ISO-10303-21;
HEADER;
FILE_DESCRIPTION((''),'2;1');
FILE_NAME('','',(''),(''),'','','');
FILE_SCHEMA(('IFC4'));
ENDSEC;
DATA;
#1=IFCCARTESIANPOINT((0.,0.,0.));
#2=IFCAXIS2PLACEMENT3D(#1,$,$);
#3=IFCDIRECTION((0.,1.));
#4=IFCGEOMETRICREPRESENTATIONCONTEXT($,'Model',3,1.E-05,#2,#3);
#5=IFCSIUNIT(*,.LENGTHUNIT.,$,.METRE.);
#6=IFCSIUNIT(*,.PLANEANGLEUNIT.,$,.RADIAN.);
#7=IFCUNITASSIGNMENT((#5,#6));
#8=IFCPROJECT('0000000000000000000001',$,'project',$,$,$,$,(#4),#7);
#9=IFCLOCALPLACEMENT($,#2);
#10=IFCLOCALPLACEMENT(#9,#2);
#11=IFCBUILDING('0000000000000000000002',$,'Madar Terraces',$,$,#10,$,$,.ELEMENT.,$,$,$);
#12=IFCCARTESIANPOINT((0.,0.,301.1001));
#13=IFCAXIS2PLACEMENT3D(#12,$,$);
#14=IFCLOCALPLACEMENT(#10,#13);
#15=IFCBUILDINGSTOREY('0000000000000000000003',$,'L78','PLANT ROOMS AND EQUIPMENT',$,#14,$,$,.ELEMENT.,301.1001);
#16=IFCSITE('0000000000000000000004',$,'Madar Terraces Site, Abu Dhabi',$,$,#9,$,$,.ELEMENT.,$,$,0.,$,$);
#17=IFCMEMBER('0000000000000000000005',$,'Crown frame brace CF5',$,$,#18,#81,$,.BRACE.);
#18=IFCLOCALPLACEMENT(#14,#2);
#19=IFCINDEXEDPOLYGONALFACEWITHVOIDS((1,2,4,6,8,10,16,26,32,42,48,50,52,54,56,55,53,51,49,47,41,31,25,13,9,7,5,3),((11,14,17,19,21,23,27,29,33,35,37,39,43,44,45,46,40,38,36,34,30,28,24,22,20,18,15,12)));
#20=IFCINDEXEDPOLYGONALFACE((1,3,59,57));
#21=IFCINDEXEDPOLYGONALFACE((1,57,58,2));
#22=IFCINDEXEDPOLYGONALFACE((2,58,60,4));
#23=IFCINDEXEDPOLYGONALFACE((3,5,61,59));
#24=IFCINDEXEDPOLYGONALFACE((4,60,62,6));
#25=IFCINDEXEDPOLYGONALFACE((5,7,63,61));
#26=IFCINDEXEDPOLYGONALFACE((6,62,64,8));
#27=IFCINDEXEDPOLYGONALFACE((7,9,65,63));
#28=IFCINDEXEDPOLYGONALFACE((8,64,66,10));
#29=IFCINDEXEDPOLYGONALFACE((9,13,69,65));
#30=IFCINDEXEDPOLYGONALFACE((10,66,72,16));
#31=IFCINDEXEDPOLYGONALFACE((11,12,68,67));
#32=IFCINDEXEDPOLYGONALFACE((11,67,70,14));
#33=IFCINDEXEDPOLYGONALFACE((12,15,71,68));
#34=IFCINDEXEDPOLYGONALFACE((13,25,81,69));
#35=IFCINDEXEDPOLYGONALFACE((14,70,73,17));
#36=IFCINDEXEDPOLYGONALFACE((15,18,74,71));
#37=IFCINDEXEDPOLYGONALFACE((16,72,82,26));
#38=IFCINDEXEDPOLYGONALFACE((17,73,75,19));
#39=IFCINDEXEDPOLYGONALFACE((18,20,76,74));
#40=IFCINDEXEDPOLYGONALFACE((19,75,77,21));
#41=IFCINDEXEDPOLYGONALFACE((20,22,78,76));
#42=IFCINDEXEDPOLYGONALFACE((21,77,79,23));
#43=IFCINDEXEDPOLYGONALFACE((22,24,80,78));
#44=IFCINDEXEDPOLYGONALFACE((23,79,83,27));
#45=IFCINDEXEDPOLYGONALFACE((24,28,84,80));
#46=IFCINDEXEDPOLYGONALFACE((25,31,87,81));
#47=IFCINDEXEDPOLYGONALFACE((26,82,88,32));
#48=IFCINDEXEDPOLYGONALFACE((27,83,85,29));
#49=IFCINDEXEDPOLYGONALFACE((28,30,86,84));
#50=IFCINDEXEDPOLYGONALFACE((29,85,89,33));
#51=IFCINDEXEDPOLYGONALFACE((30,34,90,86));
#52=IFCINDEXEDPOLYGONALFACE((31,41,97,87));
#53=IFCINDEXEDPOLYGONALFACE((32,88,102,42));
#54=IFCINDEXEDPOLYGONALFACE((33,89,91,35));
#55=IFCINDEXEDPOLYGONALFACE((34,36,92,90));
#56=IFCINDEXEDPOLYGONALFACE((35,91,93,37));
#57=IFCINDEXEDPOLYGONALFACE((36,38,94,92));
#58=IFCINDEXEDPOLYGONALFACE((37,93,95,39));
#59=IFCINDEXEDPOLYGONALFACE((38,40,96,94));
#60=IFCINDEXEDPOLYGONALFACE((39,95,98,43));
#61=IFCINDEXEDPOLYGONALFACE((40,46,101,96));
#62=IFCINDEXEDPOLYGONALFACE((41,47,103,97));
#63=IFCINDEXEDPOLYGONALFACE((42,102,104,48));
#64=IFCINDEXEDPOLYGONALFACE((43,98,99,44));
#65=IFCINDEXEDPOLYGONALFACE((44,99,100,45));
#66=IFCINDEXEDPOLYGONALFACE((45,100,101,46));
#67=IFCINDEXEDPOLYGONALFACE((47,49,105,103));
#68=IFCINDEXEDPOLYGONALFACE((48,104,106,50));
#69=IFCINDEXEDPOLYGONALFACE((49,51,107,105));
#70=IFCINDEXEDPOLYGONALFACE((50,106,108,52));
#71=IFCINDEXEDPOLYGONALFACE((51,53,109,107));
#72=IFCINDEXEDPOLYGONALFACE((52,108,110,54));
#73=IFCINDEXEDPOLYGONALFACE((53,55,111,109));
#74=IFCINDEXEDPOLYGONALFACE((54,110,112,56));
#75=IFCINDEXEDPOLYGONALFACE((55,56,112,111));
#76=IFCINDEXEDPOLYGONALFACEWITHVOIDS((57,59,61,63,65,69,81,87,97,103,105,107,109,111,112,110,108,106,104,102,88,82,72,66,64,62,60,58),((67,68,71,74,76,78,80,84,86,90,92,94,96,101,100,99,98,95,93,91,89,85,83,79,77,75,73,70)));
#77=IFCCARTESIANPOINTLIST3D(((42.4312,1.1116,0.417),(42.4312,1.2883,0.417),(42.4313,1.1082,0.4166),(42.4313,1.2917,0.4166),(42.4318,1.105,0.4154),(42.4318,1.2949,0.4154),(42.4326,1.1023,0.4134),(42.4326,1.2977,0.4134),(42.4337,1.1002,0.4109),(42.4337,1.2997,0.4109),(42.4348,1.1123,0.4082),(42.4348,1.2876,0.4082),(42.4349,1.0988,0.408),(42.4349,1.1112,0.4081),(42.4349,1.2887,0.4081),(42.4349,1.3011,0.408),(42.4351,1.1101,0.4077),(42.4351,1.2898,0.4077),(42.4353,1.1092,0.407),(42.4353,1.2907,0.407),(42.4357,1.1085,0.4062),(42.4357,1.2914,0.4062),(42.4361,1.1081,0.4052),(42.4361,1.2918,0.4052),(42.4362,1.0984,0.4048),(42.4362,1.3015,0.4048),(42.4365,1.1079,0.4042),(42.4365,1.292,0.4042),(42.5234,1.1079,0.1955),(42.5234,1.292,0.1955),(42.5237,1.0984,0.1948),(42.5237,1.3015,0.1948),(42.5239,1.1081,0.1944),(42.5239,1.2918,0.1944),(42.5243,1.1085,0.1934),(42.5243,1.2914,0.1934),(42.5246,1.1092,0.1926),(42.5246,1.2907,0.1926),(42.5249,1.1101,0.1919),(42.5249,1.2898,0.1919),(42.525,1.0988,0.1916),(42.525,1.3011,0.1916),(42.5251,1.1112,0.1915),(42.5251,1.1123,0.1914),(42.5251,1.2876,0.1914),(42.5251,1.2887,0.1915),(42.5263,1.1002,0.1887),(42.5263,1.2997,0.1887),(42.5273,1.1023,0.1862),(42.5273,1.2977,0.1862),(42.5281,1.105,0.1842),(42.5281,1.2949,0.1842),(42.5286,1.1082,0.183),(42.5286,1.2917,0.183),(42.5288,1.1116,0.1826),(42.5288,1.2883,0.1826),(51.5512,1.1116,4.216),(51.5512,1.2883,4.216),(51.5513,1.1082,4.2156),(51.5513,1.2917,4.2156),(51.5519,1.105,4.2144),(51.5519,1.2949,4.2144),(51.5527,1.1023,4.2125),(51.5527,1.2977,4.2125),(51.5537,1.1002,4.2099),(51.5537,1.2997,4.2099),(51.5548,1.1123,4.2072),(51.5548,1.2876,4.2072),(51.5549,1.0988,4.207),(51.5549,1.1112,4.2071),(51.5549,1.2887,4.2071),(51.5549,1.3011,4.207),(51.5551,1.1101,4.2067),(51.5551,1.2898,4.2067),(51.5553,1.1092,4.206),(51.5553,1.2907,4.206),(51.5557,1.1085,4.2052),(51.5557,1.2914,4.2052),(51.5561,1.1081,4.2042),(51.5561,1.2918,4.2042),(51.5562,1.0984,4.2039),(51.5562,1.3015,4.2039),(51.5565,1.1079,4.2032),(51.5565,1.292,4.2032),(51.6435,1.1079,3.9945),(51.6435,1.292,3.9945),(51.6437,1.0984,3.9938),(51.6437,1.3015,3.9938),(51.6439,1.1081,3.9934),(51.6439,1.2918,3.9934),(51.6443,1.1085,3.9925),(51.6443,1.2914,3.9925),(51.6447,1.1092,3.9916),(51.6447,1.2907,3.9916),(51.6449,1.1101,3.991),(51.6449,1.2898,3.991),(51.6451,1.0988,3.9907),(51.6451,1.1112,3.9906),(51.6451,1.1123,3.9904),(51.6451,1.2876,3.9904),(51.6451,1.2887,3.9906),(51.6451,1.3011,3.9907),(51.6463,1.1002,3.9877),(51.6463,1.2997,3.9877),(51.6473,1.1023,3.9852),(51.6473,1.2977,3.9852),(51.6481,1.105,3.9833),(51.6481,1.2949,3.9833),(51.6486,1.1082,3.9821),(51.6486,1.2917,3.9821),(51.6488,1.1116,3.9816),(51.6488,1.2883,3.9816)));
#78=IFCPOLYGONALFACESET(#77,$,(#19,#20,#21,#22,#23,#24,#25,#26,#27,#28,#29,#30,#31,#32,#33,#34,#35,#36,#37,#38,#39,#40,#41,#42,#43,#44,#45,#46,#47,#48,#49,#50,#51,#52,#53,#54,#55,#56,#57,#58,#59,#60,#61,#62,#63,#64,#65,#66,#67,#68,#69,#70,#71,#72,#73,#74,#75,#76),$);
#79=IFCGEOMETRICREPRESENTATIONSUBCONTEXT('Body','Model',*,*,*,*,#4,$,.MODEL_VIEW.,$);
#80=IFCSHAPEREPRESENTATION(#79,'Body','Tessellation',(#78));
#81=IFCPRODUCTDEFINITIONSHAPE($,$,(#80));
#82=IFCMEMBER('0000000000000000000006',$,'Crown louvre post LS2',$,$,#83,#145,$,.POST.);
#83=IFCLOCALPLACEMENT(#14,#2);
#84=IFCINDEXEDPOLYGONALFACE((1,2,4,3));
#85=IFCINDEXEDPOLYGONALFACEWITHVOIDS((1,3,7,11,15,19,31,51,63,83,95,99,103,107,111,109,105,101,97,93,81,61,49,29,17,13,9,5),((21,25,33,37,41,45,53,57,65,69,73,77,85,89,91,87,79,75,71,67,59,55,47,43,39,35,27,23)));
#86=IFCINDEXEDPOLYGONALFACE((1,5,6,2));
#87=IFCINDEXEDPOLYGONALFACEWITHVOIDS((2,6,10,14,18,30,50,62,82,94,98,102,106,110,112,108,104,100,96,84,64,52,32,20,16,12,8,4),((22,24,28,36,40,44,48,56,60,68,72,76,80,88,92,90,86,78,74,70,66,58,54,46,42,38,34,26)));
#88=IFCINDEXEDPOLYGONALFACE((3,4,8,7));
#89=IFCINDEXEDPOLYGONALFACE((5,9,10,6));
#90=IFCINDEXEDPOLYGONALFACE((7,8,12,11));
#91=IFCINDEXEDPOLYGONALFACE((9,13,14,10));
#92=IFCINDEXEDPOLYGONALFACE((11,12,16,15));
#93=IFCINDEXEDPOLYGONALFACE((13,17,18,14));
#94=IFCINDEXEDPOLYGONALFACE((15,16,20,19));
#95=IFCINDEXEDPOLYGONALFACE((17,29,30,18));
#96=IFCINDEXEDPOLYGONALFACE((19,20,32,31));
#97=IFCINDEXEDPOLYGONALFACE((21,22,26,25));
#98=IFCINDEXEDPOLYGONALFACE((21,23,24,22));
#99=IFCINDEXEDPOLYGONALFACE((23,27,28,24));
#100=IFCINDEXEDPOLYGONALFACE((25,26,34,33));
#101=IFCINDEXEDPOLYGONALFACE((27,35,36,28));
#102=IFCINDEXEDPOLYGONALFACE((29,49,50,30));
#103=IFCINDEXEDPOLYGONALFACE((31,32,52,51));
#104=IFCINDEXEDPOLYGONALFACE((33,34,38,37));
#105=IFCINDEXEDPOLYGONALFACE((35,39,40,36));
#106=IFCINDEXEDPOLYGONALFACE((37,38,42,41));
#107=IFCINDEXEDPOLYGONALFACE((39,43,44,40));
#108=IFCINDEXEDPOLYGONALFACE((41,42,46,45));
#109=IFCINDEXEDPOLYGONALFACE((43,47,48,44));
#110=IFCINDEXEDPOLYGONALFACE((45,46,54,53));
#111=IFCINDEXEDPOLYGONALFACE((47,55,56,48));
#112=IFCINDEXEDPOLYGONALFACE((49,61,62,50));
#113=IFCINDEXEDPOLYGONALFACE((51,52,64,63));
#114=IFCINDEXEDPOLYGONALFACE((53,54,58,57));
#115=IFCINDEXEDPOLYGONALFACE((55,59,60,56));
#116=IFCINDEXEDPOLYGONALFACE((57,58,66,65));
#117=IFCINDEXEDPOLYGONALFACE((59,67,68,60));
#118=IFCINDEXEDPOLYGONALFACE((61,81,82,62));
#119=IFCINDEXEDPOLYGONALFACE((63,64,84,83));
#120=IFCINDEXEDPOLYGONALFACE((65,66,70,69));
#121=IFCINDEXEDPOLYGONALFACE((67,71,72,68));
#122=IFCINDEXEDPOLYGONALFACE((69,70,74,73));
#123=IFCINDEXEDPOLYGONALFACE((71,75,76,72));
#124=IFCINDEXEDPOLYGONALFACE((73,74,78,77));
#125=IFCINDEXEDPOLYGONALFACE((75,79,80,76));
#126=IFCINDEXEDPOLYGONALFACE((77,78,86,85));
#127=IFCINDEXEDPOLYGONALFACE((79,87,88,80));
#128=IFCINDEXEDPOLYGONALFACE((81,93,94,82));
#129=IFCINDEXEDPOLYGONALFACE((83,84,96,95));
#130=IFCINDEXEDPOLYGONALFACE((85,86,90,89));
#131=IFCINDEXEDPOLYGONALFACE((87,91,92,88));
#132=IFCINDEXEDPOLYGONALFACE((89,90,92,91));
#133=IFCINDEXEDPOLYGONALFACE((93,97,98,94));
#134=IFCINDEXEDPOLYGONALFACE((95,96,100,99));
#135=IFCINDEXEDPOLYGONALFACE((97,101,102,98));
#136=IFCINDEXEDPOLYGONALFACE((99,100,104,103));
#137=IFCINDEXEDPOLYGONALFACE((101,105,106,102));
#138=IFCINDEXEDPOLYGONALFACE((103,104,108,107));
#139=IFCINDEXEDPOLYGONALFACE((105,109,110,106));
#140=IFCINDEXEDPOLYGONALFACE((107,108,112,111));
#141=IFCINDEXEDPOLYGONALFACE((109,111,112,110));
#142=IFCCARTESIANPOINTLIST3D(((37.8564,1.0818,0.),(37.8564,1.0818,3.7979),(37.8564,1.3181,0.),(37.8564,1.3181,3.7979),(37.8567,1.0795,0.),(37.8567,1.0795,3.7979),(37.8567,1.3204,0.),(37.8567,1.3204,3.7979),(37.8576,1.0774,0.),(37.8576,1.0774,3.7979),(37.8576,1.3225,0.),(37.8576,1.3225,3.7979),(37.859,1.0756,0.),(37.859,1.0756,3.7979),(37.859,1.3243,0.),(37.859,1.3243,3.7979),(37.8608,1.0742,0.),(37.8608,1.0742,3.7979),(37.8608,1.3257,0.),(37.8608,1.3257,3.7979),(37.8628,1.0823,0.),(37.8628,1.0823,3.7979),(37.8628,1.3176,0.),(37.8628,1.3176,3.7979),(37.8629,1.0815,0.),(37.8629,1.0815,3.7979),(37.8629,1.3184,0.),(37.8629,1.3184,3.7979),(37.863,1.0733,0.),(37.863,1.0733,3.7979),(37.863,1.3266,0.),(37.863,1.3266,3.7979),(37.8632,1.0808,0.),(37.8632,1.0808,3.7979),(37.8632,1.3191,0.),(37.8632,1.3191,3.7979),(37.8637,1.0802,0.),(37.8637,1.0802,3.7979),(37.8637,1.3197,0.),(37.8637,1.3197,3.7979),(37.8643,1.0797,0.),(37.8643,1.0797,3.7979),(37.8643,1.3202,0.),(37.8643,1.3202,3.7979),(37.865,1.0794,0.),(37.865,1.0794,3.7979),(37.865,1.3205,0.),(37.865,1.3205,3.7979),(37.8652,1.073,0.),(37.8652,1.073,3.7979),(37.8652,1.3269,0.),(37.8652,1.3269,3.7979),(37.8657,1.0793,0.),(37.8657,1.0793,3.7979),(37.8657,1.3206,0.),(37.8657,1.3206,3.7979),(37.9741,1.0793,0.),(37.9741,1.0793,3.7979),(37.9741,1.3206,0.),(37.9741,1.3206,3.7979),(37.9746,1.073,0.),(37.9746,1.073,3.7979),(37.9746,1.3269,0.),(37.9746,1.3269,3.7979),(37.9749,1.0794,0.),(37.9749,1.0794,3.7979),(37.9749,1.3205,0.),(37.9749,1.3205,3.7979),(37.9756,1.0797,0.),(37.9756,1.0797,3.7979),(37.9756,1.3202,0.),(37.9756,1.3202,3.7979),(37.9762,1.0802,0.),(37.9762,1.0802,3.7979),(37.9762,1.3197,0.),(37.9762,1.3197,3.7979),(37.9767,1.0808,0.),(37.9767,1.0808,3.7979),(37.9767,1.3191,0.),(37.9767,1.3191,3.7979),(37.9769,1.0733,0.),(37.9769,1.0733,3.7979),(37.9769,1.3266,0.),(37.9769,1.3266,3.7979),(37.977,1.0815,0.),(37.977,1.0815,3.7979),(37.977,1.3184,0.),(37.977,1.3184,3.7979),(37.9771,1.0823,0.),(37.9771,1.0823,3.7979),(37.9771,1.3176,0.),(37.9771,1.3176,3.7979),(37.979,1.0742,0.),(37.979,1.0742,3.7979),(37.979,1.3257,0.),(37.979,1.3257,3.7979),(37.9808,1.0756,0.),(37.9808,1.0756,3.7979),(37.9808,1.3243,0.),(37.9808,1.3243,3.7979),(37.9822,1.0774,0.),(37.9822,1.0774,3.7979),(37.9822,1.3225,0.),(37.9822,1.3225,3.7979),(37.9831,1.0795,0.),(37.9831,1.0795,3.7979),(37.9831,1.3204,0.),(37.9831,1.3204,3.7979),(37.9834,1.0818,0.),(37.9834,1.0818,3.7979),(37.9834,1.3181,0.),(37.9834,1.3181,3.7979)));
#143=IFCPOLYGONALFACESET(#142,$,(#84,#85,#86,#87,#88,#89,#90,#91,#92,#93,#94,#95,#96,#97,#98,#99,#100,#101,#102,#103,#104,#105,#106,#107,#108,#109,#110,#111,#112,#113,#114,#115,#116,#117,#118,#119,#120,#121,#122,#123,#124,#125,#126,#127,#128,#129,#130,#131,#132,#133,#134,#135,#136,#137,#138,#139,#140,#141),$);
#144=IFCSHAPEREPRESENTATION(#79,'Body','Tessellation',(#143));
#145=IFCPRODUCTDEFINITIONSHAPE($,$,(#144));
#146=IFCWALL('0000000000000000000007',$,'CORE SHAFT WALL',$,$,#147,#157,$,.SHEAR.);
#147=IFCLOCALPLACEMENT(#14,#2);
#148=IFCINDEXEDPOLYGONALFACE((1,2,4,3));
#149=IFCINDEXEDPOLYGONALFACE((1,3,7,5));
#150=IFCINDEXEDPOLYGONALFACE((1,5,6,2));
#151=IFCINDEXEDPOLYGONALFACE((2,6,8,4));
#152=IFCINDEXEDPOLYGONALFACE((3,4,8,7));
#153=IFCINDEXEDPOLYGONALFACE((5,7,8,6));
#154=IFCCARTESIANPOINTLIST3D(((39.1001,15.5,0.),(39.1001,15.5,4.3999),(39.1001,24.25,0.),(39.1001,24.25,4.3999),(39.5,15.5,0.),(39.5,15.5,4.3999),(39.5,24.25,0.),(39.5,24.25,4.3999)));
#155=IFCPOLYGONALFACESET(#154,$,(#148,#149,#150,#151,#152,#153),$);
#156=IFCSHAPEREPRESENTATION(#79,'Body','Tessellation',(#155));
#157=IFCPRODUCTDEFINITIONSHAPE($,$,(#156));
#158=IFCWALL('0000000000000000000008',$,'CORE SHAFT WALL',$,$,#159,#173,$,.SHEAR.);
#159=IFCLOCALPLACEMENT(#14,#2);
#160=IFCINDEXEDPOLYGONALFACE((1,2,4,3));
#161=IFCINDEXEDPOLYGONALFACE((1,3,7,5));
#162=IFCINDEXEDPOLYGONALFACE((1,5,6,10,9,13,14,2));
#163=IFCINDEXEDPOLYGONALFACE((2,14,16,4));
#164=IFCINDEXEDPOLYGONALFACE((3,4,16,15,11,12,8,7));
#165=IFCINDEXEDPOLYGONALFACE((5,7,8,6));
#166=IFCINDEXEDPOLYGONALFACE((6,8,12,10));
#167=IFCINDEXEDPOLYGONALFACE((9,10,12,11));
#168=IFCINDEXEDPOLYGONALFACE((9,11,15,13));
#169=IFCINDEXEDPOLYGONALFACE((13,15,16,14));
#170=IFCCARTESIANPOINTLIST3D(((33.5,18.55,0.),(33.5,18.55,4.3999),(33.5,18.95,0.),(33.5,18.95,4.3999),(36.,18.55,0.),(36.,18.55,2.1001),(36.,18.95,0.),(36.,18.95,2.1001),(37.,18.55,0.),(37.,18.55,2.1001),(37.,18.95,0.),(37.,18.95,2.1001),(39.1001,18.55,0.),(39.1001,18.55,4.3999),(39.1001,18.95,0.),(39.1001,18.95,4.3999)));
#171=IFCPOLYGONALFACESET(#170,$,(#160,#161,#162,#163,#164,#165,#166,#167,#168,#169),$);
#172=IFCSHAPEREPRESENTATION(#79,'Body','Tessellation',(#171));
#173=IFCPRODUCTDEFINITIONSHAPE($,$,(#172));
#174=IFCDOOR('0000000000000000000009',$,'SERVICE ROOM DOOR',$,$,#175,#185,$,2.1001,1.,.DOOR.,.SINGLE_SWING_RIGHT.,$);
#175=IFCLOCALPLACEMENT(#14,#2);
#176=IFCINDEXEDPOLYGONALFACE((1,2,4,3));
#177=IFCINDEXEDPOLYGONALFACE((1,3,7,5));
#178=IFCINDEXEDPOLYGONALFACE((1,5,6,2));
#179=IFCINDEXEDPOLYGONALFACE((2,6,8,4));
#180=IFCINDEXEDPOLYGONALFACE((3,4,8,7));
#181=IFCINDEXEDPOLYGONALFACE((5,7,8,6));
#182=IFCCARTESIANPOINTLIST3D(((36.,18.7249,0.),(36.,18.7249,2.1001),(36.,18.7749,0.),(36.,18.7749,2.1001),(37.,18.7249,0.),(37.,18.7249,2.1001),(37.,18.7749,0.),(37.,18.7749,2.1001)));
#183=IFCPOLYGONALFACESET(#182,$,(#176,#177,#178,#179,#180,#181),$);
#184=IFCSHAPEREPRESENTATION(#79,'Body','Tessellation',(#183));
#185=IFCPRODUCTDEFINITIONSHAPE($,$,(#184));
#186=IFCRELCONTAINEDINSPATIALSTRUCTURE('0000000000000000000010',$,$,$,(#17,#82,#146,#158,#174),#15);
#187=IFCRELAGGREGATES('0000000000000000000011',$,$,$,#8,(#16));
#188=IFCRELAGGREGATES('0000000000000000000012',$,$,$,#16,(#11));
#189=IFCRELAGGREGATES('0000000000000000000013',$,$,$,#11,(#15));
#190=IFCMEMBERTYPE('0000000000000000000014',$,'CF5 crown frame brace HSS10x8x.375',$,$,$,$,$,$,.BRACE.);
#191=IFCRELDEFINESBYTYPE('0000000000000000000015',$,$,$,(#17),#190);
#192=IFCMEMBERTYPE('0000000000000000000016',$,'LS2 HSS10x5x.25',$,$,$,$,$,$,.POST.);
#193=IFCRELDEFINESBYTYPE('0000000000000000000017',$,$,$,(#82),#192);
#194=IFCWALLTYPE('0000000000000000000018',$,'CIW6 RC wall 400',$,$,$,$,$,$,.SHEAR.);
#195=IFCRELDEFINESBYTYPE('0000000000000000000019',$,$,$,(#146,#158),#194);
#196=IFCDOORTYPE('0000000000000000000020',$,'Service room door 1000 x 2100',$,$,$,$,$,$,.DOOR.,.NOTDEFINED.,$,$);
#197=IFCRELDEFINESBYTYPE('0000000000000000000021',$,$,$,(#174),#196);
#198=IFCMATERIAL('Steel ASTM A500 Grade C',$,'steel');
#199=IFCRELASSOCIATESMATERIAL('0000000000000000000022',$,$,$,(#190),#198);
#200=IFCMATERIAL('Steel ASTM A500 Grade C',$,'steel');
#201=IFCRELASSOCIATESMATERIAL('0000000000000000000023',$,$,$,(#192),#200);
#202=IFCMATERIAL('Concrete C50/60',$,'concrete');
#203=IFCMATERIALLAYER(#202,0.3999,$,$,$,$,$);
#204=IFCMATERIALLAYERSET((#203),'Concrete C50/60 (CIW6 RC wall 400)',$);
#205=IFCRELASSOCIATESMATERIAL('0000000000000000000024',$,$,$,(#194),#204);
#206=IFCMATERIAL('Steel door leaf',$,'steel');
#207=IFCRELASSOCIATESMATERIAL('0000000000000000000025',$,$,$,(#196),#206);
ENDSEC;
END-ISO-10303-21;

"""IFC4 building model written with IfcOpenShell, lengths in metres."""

from ifc_helpers import new_model, si_unit, direction, frame, frame_2d, origin, origin_2d, place, context, subcontext, project, spatial, rectangle, hollow_rectangle, extrude, material, layer, layer_set, material_profile, profile_set, type_object, element, fill, save


model = new_model("IFC4")

# Units and contexts
model_context = context("Model", 3, precision=1e-05, world=origin(), true_north=direction((0.0, 1.0)))
body_context = subcontext(model_context, "Body", "Model", "MODEL_VIEW")
ifc_project = project(units=[si_unit("LENGTHUNIT", "METRE"), si_unit("PLANEANGLEUNIT", "RADIAN")], contexts=[model_context])

# Site, building, storey
site_placement = place(None, origin())
site = spatial("IfcSite", under=ifc_project, at=site_placement, Name="Madar Terraces Site, Abu Dhabi", CompositionType="ELEMENT", RefElevation=0.0)
building_placement = place(site_placement, origin())
building = spatial("IfcBuilding", under=site, at=building_placement, Name="Madar Terraces", CompositionType="ELEMENT")
storey_placement = place(building_placement, frame((0.0, 0.0, 301.1001)))
storey = spatial("IfcBuildingStorey", under=building, at=storey_placement, Name="L78", Description="PLANT ROOMS AND EQUIPMENT", CompositionType="ELEMENT", Elevation=301.1001)

# Members
ifc_material_1 = material(Name="Steel ASTM A500 Grade C", Category="steel")
ifc_material_profile_1 = material_profile(ifc_material_1, hollow_rectangle(XDim=0.2031, YDim=0.2539, WallThickness=0.0095, InnerFilletRadius=0.0044, OuterFilletRadius=0.0132, at=origin_2d()), Name="HSS10x8x.375")
ifc_profile_set_1 = profile_set([ifc_material_profile_1], Name="Steel ASTM A500 Grade C")
member_type_1 = type_object("IfcMemberType", Name="CF5 crown frame brace HSS10x8x.375", PredefinedType="BRACE", material=ifc_profile_set_1)
member_1_placement = place(storey_placement, frame((42.48, 1.2, 0.2998), z_axis=(0.923112, 0.0, 0.384531), x_axis=(0.0, 1.0, 0.0)))
element("IfcMember", 1, at=member_1_placement, inside=storey, type_object=member_type_1, Name="Crown frame brace CF5", PredefinedType="BRACE", context=body_context, shape_type="SweptSolid", body=[
    extrude(hollow_rectangle(XDim=0.2031, YDim=0.2539, WallThickness=0.0095, InnerFilletRadius=0.0044, OuterFilletRadius=0.0132, at=origin_2d()), origin(), (0.0, 0.0, 1.0), 9.8796),
])
ifc_material_2 = material(Name="Steel ASTM A500 Grade C", Category="steel")
ifc_material_profile_2 = material_profile(ifc_material_2, hollow_rectangle(XDim=0.127, YDim=0.2539, WallThickness=0.0063, InnerFilletRadius=0.0029, OuterFilletRadius=0.0088, at=origin_2d()), Name="HSS10x5x.25")
ifc_profile_set_2 = profile_set([ifc_material_profile_2], Name="Steel ASTM A500 Grade C")
member_type_2 = type_object("IfcMemberType", Name="LS2 HSS10x5x.25", PredefinedType="POST", material=ifc_profile_set_2)
member_2_placement = place(storey_placement, frame((37.9199, 1.2, 0.0), z_axis=(0.0, 0.0, 1.0), x_axis=(1.0, 0.0, 0.0)))
element("IfcMember", 2, at=member_2_placement, inside=storey, type_object=member_type_2, Name="Crown louvre post LS2", PredefinedType="POST", context=body_context, shape_type="SweptSolid", body=[
    extrude(hollow_rectangle(XDim=0.127, YDim=0.2539, WallThickness=0.0063, InnerFilletRadius=0.0029, OuterFilletRadius=0.0088, at=origin_2d()), origin(), (0.0, 0.0, 1.0), 3.7979),
])

# Wall
ifc_material_3 = material(Name="Concrete C50/60", Category="concrete")
ifc_layer = layer(ifc_material_3, 0.3999)
ifc_layer_set = layer_set([ifc_layer], Name="Concrete C50/60 (CIW6 RC wall 400)")
wall_type = type_object("IfcWallType", Name="CIW6 RC wall 400", PredefinedType="SHEAR", material=ifc_layer_set)
wall_1_placement = place(storey_placement, frame((39.3, 15.5, 0.0), z_axis=(0.0, 0.0, 1.0), x_axis=(0.0, 1.0, 0.0)))
element("IfcWall", 3, at=wall_1_placement, inside=storey, type_object=wall_type, Name="CORE SHAFT WALL", PredefinedType="SHEAR", context=body_context, shape_type="SweptSolid", body=[
    extrude(rectangle(XDim=8.75, YDim=0.3999, at=frame_2d((4.375, 0.0))), origin(), (0.0, 0.0, 1.0), 4.3999),
])

# Wall, opening, door
wall_2_placement = place(storey_placement, frame((33.5, 18.75, 0.0), z_axis=(0.0, 0.0, 1.0), x_axis=(1.0, 0.0, 0.0)))
wall_2 = element("IfcWall", 4, at=wall_2_placement, inside=storey, type_object=wall_type, Name="CORE SHAFT WALL", PredefinedType="SHEAR", context=body_context, shape_type="SweptSolid", body=[
    extrude(rectangle(XDim=5.6001, YDim=0.3999, at=frame_2d((2.8, 0.0))), origin(), (0.0, 0.0, 1.0), 4.3999),
])
opening_placement = place(wall_2_placement, frame((2.5, 0.0, 0.0)))
opening = element("IfcOpeningElement", 5, at=opening_placement, cuts=wall_2, PredefinedType="OPENING", context=body_context, shape_type="SweptSolid", body=[
    extrude(rectangle(XDim=1.0, YDim=2.1001, at=frame_2d((0.5, 1.05))), frame((0.0, 0.21, 0.0), z_axis=(0.0, -1.0, 0.0), x_axis=(1.0, 0.0, 0.0)), (0.0, 0.0, 1.0), 0.4199),
])
ifc_material_4 = material(Name="Steel door leaf", Category="steel")
door_type = type_object("IfcDoorType", Name="Service room door 1000 x 2100", OperationType="NOTDEFINED", PredefinedType="DOOR", material=ifc_material_4)
door_placement = place(opening_placement, origin())
door = element("IfcDoor", 6, at=door_placement, inside=storey, type_object=door_type, Name="SERVICE ROOM DOOR", OperationType="SINGLE_SWING_RIGHT", OverallHeight=2.1001, OverallWidth=1.0, PredefinedType="DOOR", context=body_context, shape_type="SweptSolid", body=[
    extrude(rectangle(XDim=1.0, YDim=2.1001, at=frame_2d((0.5, 1.05))), frame((0.0, 0.0249, 0.0), z_axis=(0.0, -1.0, 0.0), x_axis=(1.0, 0.0, 0.0)), (0.0, 0.0, 1.0), 0.05),
])
fill(opening, door)

save(model, "model.ifc")
